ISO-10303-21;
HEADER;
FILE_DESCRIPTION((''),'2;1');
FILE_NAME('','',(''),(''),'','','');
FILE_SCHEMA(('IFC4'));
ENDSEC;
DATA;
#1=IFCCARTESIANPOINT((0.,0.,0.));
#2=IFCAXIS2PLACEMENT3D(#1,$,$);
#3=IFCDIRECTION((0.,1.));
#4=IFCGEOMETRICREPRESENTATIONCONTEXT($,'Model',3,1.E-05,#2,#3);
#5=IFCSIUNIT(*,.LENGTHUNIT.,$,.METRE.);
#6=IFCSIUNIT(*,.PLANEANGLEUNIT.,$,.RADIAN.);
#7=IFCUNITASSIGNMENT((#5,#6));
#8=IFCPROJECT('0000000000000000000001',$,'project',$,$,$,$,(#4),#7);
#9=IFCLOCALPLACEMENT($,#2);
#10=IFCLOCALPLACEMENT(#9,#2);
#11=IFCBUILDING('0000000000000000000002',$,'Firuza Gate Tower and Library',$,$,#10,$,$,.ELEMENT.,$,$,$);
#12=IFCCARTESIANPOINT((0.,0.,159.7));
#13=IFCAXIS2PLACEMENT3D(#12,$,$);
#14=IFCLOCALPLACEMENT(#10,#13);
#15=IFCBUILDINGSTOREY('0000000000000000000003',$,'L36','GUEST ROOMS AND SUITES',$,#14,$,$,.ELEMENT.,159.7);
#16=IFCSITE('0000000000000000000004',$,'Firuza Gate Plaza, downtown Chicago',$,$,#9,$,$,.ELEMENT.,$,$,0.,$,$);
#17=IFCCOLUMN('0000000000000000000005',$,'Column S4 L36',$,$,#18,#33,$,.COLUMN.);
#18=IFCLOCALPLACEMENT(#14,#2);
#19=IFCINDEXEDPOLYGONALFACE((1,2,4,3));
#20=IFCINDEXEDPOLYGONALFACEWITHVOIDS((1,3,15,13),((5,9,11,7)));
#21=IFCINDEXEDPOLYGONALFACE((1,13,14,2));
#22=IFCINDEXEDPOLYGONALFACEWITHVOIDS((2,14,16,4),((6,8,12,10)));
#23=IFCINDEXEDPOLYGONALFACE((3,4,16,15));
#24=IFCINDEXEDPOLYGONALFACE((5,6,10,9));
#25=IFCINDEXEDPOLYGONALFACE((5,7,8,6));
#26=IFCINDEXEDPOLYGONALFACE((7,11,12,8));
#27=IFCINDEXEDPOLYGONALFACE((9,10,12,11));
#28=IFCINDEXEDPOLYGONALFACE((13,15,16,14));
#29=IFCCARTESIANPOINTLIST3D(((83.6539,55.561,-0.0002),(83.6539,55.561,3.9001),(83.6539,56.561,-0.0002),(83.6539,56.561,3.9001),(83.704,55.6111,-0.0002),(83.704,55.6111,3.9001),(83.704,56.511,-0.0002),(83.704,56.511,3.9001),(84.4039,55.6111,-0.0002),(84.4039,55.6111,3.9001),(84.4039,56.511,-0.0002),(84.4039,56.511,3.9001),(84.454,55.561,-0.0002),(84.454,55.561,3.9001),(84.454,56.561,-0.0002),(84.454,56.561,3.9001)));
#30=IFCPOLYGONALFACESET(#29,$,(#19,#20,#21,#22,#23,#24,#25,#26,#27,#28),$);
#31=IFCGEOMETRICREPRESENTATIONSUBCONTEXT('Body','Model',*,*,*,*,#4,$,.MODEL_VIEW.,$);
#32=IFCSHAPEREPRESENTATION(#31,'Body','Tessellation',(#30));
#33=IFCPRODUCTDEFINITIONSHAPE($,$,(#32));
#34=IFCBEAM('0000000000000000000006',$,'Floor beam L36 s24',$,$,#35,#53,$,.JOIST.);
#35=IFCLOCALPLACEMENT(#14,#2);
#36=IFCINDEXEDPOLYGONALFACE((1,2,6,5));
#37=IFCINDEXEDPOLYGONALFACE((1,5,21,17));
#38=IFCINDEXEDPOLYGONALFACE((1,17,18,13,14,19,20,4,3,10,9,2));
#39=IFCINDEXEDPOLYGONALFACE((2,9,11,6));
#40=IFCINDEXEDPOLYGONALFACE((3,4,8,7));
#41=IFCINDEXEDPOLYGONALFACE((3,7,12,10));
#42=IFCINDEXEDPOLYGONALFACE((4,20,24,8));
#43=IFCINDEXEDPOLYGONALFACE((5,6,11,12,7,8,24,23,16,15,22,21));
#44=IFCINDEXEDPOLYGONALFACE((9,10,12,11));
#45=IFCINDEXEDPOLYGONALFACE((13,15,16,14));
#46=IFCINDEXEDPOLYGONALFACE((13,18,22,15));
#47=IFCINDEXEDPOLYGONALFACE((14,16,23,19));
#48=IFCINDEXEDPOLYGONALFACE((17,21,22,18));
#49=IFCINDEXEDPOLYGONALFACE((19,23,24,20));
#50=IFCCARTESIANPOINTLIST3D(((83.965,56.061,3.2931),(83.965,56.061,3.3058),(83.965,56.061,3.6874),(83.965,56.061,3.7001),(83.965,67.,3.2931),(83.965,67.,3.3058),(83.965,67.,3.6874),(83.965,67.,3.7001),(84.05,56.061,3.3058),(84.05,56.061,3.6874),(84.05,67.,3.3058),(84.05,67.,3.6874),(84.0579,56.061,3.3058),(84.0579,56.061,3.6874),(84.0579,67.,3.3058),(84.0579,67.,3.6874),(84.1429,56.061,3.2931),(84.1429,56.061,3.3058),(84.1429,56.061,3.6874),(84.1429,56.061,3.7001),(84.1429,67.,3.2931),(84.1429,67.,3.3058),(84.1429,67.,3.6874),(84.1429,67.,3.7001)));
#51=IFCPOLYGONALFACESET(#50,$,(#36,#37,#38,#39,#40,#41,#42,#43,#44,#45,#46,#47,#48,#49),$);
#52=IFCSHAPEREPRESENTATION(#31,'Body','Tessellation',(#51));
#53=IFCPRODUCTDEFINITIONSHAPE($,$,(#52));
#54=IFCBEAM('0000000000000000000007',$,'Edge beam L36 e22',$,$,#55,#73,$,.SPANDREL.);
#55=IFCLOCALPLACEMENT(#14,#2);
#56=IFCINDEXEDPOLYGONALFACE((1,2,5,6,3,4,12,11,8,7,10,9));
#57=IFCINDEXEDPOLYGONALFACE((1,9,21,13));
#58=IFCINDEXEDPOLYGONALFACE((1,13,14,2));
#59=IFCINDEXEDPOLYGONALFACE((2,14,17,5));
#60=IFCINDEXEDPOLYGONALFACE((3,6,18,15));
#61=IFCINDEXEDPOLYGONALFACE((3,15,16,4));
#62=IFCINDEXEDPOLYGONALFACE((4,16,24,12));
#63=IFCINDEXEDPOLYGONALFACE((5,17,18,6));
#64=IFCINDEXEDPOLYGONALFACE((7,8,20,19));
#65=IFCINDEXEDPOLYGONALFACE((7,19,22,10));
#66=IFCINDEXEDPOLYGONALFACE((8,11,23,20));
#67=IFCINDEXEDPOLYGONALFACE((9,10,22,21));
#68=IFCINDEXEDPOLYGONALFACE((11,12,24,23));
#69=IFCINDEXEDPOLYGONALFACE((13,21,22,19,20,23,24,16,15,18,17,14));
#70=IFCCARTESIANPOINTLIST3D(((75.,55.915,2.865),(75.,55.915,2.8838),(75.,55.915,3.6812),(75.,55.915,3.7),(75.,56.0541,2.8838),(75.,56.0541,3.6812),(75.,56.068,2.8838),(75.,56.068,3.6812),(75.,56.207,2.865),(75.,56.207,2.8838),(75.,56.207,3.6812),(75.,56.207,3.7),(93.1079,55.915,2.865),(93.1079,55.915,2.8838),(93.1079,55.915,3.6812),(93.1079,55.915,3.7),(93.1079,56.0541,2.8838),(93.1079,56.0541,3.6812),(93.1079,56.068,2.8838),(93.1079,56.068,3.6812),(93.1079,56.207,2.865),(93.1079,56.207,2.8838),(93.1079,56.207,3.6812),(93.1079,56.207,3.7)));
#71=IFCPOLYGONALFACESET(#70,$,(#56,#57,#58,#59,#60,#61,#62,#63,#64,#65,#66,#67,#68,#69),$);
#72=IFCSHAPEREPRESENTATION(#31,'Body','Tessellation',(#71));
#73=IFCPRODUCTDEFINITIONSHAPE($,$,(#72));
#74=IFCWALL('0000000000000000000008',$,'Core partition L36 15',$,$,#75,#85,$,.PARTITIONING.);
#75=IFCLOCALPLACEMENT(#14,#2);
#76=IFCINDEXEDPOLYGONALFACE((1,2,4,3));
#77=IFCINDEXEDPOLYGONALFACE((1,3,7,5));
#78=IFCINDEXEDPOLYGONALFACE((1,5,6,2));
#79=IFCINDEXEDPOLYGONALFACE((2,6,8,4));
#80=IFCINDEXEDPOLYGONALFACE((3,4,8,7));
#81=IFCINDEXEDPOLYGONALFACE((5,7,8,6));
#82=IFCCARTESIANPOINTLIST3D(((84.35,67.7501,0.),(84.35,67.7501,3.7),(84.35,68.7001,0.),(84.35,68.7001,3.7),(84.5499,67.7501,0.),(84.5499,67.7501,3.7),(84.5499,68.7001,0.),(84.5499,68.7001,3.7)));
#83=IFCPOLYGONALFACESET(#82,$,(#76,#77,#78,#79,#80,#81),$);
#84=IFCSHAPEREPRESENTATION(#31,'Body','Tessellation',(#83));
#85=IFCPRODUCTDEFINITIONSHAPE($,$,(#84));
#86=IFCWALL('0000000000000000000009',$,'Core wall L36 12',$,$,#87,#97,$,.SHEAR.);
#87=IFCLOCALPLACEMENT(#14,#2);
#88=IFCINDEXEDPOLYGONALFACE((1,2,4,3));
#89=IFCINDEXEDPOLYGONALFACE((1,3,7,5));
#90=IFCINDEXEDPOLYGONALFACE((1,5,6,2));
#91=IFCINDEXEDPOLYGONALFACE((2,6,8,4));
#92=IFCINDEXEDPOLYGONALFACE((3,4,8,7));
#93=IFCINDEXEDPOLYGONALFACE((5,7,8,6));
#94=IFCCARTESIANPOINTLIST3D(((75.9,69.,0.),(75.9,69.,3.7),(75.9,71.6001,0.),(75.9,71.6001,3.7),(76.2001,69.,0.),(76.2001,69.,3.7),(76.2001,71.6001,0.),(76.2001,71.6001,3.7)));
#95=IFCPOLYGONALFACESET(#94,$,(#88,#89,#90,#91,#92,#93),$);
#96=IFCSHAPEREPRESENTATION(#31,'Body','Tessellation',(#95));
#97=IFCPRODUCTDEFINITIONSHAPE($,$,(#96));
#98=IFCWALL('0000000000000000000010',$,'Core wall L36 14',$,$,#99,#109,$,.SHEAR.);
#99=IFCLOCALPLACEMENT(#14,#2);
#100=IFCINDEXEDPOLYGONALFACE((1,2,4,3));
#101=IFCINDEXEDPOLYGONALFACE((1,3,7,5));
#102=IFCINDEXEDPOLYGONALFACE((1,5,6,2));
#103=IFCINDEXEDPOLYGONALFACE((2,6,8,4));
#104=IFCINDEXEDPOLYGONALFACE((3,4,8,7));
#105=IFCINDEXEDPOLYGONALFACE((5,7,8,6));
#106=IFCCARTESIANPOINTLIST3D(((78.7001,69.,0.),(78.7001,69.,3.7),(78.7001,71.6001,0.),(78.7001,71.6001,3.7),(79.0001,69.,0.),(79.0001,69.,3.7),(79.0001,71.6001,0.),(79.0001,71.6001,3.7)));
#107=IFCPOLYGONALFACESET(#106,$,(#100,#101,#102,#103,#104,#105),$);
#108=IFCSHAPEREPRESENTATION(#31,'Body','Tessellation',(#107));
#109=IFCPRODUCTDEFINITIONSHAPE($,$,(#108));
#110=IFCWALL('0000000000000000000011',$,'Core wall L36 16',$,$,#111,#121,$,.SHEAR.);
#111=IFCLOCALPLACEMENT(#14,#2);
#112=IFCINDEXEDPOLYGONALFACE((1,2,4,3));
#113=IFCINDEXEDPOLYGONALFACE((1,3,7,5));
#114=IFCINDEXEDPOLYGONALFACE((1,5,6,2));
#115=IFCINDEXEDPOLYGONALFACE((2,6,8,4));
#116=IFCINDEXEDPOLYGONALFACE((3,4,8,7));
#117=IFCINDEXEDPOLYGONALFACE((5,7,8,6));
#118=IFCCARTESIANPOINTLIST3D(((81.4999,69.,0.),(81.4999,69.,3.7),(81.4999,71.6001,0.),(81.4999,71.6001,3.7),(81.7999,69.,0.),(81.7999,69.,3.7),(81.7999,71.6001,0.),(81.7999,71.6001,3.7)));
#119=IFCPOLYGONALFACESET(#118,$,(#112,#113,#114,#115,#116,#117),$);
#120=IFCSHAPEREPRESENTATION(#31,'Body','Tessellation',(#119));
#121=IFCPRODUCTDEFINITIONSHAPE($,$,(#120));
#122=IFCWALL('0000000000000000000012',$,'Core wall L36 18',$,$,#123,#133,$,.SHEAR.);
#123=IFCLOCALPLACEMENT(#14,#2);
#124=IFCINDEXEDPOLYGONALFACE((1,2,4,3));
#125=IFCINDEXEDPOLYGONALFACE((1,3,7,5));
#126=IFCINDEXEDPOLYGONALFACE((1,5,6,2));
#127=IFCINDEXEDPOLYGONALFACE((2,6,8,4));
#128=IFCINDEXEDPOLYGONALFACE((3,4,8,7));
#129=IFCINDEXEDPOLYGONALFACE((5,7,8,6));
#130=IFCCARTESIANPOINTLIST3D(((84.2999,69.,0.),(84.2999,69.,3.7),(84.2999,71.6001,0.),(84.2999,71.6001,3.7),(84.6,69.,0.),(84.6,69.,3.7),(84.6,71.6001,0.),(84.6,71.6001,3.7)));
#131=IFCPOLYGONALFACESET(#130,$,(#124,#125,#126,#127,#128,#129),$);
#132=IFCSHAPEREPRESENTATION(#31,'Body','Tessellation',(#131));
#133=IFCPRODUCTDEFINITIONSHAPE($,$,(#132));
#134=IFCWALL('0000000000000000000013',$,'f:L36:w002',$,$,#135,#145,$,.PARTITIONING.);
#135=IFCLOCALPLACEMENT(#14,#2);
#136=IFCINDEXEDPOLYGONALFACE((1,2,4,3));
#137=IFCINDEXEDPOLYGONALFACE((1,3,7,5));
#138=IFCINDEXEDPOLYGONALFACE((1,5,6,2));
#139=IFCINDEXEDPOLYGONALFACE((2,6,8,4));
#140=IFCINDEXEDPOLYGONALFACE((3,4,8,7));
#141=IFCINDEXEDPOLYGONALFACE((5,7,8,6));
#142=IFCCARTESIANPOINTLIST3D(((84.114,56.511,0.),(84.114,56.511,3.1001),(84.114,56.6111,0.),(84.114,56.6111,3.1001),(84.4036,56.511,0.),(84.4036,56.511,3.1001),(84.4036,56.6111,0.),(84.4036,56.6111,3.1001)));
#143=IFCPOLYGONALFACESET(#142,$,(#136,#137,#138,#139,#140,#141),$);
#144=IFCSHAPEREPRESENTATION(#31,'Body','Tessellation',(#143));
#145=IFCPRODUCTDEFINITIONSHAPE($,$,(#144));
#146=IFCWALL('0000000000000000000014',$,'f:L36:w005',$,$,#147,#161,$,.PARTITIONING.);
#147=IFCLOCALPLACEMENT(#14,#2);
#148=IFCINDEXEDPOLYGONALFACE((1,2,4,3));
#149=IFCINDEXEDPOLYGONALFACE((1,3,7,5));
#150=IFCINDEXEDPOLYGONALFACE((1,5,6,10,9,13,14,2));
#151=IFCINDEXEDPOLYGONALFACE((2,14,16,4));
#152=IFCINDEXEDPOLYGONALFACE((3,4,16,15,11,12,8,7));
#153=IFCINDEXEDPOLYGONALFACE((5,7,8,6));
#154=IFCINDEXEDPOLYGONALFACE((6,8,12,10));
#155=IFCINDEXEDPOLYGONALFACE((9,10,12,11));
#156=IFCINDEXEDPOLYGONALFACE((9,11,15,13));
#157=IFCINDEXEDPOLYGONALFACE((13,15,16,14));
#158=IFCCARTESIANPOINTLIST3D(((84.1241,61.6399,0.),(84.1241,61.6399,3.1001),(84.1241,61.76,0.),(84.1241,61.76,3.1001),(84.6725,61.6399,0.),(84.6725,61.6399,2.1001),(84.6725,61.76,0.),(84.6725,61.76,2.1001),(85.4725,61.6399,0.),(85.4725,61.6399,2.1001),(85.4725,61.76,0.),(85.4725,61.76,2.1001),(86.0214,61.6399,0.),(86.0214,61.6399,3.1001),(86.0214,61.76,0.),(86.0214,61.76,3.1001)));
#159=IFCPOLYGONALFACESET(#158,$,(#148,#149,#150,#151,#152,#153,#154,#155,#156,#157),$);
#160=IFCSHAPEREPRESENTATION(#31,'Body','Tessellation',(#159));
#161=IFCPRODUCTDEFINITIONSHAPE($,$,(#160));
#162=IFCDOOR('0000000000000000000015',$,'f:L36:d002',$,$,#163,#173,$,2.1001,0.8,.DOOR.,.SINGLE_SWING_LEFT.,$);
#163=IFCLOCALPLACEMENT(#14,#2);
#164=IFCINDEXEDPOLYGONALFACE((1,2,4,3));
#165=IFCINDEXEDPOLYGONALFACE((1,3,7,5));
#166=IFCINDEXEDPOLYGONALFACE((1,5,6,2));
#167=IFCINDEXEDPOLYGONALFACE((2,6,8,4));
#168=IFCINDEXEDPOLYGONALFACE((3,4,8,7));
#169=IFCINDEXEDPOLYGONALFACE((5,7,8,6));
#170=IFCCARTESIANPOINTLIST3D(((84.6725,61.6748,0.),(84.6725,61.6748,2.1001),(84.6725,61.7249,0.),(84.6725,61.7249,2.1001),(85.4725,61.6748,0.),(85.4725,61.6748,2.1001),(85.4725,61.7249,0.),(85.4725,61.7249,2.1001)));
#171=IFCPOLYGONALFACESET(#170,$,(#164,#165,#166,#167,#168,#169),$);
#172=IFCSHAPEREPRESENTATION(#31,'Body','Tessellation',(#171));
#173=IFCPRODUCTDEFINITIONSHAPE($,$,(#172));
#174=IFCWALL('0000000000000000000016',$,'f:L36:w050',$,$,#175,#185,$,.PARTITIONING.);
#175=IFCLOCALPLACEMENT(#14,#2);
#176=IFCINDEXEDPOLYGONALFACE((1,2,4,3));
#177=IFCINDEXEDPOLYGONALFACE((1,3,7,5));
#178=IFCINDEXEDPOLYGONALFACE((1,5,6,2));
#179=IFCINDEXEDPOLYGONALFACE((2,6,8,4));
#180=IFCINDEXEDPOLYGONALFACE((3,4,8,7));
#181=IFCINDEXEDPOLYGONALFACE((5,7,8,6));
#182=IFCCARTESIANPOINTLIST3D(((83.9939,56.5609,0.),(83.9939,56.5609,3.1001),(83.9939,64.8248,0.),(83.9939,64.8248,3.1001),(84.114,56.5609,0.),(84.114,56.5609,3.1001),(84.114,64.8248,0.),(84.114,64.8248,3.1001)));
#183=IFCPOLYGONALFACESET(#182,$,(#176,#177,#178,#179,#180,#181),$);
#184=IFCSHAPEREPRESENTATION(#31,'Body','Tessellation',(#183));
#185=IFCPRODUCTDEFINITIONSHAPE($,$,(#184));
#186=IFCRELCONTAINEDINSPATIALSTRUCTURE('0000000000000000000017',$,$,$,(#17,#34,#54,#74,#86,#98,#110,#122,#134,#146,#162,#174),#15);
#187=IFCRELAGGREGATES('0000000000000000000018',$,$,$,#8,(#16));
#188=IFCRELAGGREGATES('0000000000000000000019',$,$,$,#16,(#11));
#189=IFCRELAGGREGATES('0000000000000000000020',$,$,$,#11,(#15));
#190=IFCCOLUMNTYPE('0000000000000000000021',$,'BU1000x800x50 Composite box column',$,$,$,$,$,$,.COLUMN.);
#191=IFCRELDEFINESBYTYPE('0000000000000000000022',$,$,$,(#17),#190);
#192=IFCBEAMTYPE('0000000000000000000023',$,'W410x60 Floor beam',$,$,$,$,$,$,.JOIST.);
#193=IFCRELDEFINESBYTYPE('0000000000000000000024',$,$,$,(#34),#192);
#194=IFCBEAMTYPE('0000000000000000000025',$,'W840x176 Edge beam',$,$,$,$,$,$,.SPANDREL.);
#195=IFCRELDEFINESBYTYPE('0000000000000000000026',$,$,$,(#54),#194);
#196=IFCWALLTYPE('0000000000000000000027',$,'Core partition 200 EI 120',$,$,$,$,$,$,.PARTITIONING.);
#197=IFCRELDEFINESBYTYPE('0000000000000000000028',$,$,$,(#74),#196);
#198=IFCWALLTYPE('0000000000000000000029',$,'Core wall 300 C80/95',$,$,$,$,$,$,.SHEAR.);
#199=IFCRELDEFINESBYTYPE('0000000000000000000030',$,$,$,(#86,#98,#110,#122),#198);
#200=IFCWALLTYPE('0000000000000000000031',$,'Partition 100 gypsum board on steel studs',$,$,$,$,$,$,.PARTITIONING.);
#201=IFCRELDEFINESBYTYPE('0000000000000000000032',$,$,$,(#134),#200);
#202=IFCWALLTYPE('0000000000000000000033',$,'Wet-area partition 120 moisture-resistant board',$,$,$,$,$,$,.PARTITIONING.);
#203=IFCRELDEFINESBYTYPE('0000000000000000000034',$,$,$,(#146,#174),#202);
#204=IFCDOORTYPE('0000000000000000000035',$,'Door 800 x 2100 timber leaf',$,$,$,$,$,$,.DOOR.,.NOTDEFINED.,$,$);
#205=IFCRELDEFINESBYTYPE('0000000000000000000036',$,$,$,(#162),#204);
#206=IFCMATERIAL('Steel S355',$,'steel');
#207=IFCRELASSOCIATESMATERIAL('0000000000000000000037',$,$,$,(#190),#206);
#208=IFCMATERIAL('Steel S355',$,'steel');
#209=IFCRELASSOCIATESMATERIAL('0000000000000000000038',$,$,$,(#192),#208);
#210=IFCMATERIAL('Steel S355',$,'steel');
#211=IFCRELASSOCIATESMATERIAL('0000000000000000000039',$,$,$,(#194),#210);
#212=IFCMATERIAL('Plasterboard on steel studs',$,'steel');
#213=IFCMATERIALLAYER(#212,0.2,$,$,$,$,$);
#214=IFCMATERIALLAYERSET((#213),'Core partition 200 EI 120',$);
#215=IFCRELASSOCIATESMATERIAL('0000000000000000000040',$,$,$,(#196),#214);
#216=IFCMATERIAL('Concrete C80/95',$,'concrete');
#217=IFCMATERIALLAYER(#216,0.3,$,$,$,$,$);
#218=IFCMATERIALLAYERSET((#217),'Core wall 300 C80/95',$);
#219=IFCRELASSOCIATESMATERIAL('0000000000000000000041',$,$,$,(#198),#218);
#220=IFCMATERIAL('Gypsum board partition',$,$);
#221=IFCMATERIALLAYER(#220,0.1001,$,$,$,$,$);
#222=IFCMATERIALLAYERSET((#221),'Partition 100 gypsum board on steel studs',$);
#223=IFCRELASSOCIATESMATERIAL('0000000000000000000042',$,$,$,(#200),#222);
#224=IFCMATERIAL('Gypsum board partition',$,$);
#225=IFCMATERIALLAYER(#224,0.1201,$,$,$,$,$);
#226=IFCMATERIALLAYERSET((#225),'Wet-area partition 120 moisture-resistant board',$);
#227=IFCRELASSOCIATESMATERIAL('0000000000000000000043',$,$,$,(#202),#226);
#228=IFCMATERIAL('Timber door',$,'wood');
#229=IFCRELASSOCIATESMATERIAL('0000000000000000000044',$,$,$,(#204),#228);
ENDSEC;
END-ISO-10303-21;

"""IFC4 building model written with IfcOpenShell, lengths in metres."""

from ifc_helpers import new_model, si_unit, direction, frame, frame_2d, origin, origin_2d, place, context, subcontext, project, spatial, rectangle, hollow_rectangle, i_section, extrude, material, layer, layer_set, material_profile, profile_set, type_object, element, fill, save


model = new_model("IFC4")

# Units and contexts
model_context = context("Model", 3, precision=1e-05, world=origin(), true_north=direction((0.0, 1.0)))
body_context = subcontext(model_context, "Body", "Model", "MODEL_VIEW")
ifc_project = project(units=[si_unit("LENGTHUNIT", "METRE"), si_unit("PLANEANGLEUNIT", "RADIAN")], contexts=[model_context])

# Site, building, storey
site_placement = place(None, origin())
site = spatial("IfcSite", under=ifc_project, at=site_placement, Name="Firuza Gate Plaza, downtown Chicago", CompositionType="ELEMENT", RefElevation=0.0)
building_placement = place(site_placement, origin())
building = spatial("IfcBuilding", under=site, at=building_placement, Name="Firuza Gate Tower and Library", CompositionType="ELEMENT")
storey_placement = place(building_placement, frame((0.0, 0.0, 159.7)))
storey = spatial("IfcBuildingStorey", under=building, at=storey_placement, Name="L36", Description="GUEST ROOMS AND SUITES", CompositionType="ELEMENT", Elevation=159.7)

# Column
ifc_material_1 = material(Name="Steel S355", Category="steel")
ifc_material_profile_1 = material_profile(ifc_material_1, hollow_rectangle(XDim=0.8, YDim=1.0, WallThickness=0.05, at=origin_2d()))
ifc_profile_set_1 = profile_set([ifc_material_profile_1], Name="Steel S355")
column_type = type_object("IfcColumnType", Name="BU1000x800x50 Composite box column", PredefinedType="COLUMN", material=ifc_profile_set_1)
column_placement = place(storey_placement, frame((84.054, 56.061, -0.0002), z_axis=(0.0, 0.0, 1.0), x_axis=(1.0, 0.0, 0.0)))
element("IfcColumn", 1, at=column_placement, inside=storey, type_object=column_type, Name="Column S4 L36", PredefinedType="COLUMN", context=body_context, shape_type="SweptSolid", body=[
    extrude(hollow_rectangle(XDim=0.8, YDim=1.0, WallThickness=0.05, at=origin_2d()), origin(), (0.0, 0.0, 1.0), 3.9004),
])

# Beams
ifc_material_2 = material(Name="Steel S355", Category="steel")
ifc_material_profile_2 = material_profile(ifc_material_2, i_section(OverallWidth=0.178, OverallDepth=0.407, WebThickness=0.0078, FlangeThickness=0.0127, at=origin_2d()))
ifc_profile_set_2 = profile_set([ifc_material_profile_2], Name="Steel S355")
beam_type_1 = type_object("IfcBeamType", Name="W410x60 Floor beam", PredefinedType="JOIST", material=ifc_profile_set_2)
beam_1_placement = place(storey_placement, frame((84.054, 56.061, 3.4966), z_axis=(0.0, 1.0, 0.0), x_axis=(-1.0, 0.0, 0.0)))
element("IfcBeam", 2, at=beam_1_placement, inside=storey, type_object=beam_type_1, Name="Floor beam L36 s24", PredefinedType="JOIST", context=body_context, shape_type="SweptSolid", body=[
    extrude(i_section(OverallWidth=0.178, OverallDepth=0.407, WebThickness=0.0078, FlangeThickness=0.0127, at=origin_2d()), origin(), (0.0, 0.0, 1.0), 10.939),
])
ifc_material_3 = material(Name="Steel S355", Category="steel")
ifc_material_profile_3 = material_profile(ifc_material_3, i_section(OverallWidth=0.292, OverallDepth=0.835, WebThickness=0.0139, FlangeThickness=0.0188, at=origin_2d()))
ifc_profile_set_3 = profile_set([ifc_material_profile_3], Name="Steel S355")
beam_type_2 = type_object("IfcBeamType", Name="W840x176 Edge beam", PredefinedType="SPANDREL", material=ifc_profile_set_3)
beam_2_placement = place(storey_placement, frame((75.0, 56.061, 3.2825), z_axis=(1.0, 0.0, 0.0), x_axis=(0.0, 1.0, 0.0)))
element("IfcBeam", 3, at=beam_2_placement, inside=storey, type_object=beam_type_2, Name="Edge beam L36 e22", PredefinedType="SPANDREL", context=body_context, shape_type="SweptSolid", body=[
    extrude(i_section(OverallWidth=0.292, OverallDepth=0.835, WebThickness=0.0139, FlangeThickness=0.0188, at=origin_2d()), origin(), (0.0, 0.0, 1.0), 18.1079),
])

# Walls
ifc_material_4 = material(Name="Plasterboard on steel studs", Category="steel")
ifc_layer_1 = layer(ifc_material_4, 0.2)
ifc_layer_set_1 = layer_set([ifc_layer_1], Name="Core partition 200 EI 120")
wall_type_1 = type_object("IfcWallType", Name="Core partition 200 EI 120", PredefinedType="PARTITIONING", material=ifc_layer_set_1)
wall_1_placement = place(storey_placement, frame((84.45, 67.75, 0.0), z_axis=(0.0, 0.0, 1.0), x_axis=(0.0, 1.0, 0.0)))
element("IfcWall", 4, at=wall_1_placement, inside=storey, type_object=wall_type_1, Name="Core partition L36 15", PredefinedType="PARTITIONING", context=body_context, shape_type="SweptSolid", body=[
    extrude(rectangle(XDim=0.95, YDim=0.2, at=frame_2d((0.4751, 0.0))), origin(), (0.0, 0.0, 1.0), 3.7),
])
ifc_material_5 = material(Name="Concrete C80/95", Category="concrete")
ifc_layer_2 = layer(ifc_material_5, 0.3)
ifc_layer_set_2 = layer_set([ifc_layer_2], Name="Core wall 300 C80/95")
wall_type_2 = type_object("IfcWallType", Name="Core wall 300 C80/95", PredefinedType="SHEAR", material=ifc_layer_set_2)
for number, where, z_axis, x_axis, name in (
    (5, (76.05, 69.0, 0.0), (0.0, 0.0, 1.0), (0.0, 1.0, 0.0), "Core wall L36 12"),
    (6, (78.8501, 69.0, 0.0), (0.0, 0.0, 1.0), (0.0, 1.0, 0.0), "Core wall L36 14"),
    (7, (81.6499, 69.0, 0.0), (0.0, 0.0, 1.0), (0.0, 1.0, 0.0), "Core wall L36 16"),
    (8, (84.45, 69.0, 0.0), (0.0, 0.0, 1.0), (0.0, 1.0, 0.0), "Core wall L36 18"),
):
    element("IfcWall", number, at=place(storey_placement, frame(where, z_axis=z_axis, x_axis=x_axis)), inside=storey, type_object=wall_type_2, Name=name, PredefinedType="SHEAR", context=body_context, shape_type="SweptSolid", body=[
        extrude(rectangle(XDim=2.6001, YDim=0.3, at=frame_2d((1.3, 0.0))), origin(), (0.0, 0.0, 1.0), 3.7),
    ])
ifc_material_6 = material(Name="Gypsum board partition")
ifc_layer_3 = layer(ifc_material_6, 0.1001)
ifc_layer_set_3 = layer_set([ifc_layer_3], Name="Partition 100 gypsum board on steel studs")
wall_type_3 = type_object("IfcWallType", Name="Partition 100 gypsum board on steel studs", PredefinedType="PARTITIONING", material=ifc_layer_set_3)
wall_2_placement = place(storey_placement, frame((84.114, 56.561, 0.0), z_axis=(0.0, 0.0, 1.0), x_axis=(1.0, 0.0, 0.0)))
element("IfcWall", 9, at=wall_2_placement, inside=storey, type_object=wall_type_3, Name="f:L36:w002", PredefinedType="PARTITIONING", context=body_context, shape_type="SweptSolid", body=[
    extrude(rectangle(XDim=0.2896, YDim=0.1001, at=frame_2d((0.1448, 0.0))), origin(), (0.0, 0.0, 1.0), 3.1001),
])

# Wall, opening, door
ifc_material_7 = material(Name="Gypsum board partition")
ifc_layer_4 = layer(ifc_material_7, 0.1201)
ifc_layer_set_4 = layer_set([ifc_layer_4], Name="Wet-area partition 120 moisture-resistant board")
wall_type_4 = type_object("IfcWallType", Name="Wet-area partition 120 moisture-resistant board", PredefinedType="PARTITIONING", material=ifc_layer_set_4)
wall_3_placement = place(storey_placement, frame((84.124, 61.7, 0.0), z_axis=(0.0, 0.0, 1.0), x_axis=(1.0, 0.0, 0.0)))
wall_3 = element("IfcWall", 10, at=wall_3_placement, inside=storey, type_object=wall_type_4, Name="f:L36:w005", PredefinedType="PARTITIONING", context=body_context, shape_type="SweptSolid", body=[
    extrude(rectangle(XDim=1.8972, YDim=0.1201, at=frame_2d((0.9487, 0.0))), origin(), (0.0, 0.0, 1.0), 3.1001),
])
opening_placement = place(wall_3_placement, frame((0.5486, 0.0, 0.0)))
opening = element("IfcOpeningElement", 11, at=opening_placement, cuts=wall_3, PredefinedType="OPENING", context=body_context, shape_type="SweptSolid", body=[
    extrude(rectangle(XDim=0.8, YDim=2.1001, at=frame_2d((0.3999, 1.05))), frame((0.0, 0.0701, 0.0), z_axis=(0.0, -1.0, 0.0), x_axis=(1.0, 0.0, 0.0)), (0.0, 0.0, 1.0), 0.1401),
])
ifc_material_8 = material(Name="Timber door", Category="wood")
door_type = type_object("IfcDoorType", Name="Door 800 x 2100 timber leaf", OperationType="NOTDEFINED", PredefinedType="DOOR", material=ifc_material_8)
door_placement = place(opening_placement, origin())
door = element("IfcDoor", 12, at=door_placement, inside=storey, type_object=door_type, Name="f:L36:d002", OperationType="SINGLE_SWING_LEFT", OverallHeight=2.1001, OverallWidth=0.8, PredefinedType="DOOR", context=body_context, shape_type="SweptSolid", body=[
    extrude(rectangle(XDim=0.8, YDim=2.1001, at=frame_2d((0.3999, 1.05))), frame((0.0, 0.0249, 0.0), z_axis=(0.0, -1.0, 0.0), x_axis=(1.0, 0.0, 0.0)), (0.0, 0.0, 1.0), 0.05),
])
fill(opening, door)

# Wall
wall_4_placement = place(storey_placement, frame((84.054, 56.561, 0.0), z_axis=(0.0, 0.0, 1.0), x_axis=(0.0, 1.0, 0.0)))
element("IfcWall", 13, at=wall_4_placement, inside=storey, type_object=wall_type_4, Name="f:L36:w050", PredefinedType="PARTITIONING", context=body_context, shape_type="SweptSolid", body=[
    extrude(rectangle(XDim=8.2639, YDim=0.1201, at=frame_2d((4.1318, 0.0))), origin(), (0.0, 0.0, 1.0), 3.1001),
])

save(model, "model.ifc")
